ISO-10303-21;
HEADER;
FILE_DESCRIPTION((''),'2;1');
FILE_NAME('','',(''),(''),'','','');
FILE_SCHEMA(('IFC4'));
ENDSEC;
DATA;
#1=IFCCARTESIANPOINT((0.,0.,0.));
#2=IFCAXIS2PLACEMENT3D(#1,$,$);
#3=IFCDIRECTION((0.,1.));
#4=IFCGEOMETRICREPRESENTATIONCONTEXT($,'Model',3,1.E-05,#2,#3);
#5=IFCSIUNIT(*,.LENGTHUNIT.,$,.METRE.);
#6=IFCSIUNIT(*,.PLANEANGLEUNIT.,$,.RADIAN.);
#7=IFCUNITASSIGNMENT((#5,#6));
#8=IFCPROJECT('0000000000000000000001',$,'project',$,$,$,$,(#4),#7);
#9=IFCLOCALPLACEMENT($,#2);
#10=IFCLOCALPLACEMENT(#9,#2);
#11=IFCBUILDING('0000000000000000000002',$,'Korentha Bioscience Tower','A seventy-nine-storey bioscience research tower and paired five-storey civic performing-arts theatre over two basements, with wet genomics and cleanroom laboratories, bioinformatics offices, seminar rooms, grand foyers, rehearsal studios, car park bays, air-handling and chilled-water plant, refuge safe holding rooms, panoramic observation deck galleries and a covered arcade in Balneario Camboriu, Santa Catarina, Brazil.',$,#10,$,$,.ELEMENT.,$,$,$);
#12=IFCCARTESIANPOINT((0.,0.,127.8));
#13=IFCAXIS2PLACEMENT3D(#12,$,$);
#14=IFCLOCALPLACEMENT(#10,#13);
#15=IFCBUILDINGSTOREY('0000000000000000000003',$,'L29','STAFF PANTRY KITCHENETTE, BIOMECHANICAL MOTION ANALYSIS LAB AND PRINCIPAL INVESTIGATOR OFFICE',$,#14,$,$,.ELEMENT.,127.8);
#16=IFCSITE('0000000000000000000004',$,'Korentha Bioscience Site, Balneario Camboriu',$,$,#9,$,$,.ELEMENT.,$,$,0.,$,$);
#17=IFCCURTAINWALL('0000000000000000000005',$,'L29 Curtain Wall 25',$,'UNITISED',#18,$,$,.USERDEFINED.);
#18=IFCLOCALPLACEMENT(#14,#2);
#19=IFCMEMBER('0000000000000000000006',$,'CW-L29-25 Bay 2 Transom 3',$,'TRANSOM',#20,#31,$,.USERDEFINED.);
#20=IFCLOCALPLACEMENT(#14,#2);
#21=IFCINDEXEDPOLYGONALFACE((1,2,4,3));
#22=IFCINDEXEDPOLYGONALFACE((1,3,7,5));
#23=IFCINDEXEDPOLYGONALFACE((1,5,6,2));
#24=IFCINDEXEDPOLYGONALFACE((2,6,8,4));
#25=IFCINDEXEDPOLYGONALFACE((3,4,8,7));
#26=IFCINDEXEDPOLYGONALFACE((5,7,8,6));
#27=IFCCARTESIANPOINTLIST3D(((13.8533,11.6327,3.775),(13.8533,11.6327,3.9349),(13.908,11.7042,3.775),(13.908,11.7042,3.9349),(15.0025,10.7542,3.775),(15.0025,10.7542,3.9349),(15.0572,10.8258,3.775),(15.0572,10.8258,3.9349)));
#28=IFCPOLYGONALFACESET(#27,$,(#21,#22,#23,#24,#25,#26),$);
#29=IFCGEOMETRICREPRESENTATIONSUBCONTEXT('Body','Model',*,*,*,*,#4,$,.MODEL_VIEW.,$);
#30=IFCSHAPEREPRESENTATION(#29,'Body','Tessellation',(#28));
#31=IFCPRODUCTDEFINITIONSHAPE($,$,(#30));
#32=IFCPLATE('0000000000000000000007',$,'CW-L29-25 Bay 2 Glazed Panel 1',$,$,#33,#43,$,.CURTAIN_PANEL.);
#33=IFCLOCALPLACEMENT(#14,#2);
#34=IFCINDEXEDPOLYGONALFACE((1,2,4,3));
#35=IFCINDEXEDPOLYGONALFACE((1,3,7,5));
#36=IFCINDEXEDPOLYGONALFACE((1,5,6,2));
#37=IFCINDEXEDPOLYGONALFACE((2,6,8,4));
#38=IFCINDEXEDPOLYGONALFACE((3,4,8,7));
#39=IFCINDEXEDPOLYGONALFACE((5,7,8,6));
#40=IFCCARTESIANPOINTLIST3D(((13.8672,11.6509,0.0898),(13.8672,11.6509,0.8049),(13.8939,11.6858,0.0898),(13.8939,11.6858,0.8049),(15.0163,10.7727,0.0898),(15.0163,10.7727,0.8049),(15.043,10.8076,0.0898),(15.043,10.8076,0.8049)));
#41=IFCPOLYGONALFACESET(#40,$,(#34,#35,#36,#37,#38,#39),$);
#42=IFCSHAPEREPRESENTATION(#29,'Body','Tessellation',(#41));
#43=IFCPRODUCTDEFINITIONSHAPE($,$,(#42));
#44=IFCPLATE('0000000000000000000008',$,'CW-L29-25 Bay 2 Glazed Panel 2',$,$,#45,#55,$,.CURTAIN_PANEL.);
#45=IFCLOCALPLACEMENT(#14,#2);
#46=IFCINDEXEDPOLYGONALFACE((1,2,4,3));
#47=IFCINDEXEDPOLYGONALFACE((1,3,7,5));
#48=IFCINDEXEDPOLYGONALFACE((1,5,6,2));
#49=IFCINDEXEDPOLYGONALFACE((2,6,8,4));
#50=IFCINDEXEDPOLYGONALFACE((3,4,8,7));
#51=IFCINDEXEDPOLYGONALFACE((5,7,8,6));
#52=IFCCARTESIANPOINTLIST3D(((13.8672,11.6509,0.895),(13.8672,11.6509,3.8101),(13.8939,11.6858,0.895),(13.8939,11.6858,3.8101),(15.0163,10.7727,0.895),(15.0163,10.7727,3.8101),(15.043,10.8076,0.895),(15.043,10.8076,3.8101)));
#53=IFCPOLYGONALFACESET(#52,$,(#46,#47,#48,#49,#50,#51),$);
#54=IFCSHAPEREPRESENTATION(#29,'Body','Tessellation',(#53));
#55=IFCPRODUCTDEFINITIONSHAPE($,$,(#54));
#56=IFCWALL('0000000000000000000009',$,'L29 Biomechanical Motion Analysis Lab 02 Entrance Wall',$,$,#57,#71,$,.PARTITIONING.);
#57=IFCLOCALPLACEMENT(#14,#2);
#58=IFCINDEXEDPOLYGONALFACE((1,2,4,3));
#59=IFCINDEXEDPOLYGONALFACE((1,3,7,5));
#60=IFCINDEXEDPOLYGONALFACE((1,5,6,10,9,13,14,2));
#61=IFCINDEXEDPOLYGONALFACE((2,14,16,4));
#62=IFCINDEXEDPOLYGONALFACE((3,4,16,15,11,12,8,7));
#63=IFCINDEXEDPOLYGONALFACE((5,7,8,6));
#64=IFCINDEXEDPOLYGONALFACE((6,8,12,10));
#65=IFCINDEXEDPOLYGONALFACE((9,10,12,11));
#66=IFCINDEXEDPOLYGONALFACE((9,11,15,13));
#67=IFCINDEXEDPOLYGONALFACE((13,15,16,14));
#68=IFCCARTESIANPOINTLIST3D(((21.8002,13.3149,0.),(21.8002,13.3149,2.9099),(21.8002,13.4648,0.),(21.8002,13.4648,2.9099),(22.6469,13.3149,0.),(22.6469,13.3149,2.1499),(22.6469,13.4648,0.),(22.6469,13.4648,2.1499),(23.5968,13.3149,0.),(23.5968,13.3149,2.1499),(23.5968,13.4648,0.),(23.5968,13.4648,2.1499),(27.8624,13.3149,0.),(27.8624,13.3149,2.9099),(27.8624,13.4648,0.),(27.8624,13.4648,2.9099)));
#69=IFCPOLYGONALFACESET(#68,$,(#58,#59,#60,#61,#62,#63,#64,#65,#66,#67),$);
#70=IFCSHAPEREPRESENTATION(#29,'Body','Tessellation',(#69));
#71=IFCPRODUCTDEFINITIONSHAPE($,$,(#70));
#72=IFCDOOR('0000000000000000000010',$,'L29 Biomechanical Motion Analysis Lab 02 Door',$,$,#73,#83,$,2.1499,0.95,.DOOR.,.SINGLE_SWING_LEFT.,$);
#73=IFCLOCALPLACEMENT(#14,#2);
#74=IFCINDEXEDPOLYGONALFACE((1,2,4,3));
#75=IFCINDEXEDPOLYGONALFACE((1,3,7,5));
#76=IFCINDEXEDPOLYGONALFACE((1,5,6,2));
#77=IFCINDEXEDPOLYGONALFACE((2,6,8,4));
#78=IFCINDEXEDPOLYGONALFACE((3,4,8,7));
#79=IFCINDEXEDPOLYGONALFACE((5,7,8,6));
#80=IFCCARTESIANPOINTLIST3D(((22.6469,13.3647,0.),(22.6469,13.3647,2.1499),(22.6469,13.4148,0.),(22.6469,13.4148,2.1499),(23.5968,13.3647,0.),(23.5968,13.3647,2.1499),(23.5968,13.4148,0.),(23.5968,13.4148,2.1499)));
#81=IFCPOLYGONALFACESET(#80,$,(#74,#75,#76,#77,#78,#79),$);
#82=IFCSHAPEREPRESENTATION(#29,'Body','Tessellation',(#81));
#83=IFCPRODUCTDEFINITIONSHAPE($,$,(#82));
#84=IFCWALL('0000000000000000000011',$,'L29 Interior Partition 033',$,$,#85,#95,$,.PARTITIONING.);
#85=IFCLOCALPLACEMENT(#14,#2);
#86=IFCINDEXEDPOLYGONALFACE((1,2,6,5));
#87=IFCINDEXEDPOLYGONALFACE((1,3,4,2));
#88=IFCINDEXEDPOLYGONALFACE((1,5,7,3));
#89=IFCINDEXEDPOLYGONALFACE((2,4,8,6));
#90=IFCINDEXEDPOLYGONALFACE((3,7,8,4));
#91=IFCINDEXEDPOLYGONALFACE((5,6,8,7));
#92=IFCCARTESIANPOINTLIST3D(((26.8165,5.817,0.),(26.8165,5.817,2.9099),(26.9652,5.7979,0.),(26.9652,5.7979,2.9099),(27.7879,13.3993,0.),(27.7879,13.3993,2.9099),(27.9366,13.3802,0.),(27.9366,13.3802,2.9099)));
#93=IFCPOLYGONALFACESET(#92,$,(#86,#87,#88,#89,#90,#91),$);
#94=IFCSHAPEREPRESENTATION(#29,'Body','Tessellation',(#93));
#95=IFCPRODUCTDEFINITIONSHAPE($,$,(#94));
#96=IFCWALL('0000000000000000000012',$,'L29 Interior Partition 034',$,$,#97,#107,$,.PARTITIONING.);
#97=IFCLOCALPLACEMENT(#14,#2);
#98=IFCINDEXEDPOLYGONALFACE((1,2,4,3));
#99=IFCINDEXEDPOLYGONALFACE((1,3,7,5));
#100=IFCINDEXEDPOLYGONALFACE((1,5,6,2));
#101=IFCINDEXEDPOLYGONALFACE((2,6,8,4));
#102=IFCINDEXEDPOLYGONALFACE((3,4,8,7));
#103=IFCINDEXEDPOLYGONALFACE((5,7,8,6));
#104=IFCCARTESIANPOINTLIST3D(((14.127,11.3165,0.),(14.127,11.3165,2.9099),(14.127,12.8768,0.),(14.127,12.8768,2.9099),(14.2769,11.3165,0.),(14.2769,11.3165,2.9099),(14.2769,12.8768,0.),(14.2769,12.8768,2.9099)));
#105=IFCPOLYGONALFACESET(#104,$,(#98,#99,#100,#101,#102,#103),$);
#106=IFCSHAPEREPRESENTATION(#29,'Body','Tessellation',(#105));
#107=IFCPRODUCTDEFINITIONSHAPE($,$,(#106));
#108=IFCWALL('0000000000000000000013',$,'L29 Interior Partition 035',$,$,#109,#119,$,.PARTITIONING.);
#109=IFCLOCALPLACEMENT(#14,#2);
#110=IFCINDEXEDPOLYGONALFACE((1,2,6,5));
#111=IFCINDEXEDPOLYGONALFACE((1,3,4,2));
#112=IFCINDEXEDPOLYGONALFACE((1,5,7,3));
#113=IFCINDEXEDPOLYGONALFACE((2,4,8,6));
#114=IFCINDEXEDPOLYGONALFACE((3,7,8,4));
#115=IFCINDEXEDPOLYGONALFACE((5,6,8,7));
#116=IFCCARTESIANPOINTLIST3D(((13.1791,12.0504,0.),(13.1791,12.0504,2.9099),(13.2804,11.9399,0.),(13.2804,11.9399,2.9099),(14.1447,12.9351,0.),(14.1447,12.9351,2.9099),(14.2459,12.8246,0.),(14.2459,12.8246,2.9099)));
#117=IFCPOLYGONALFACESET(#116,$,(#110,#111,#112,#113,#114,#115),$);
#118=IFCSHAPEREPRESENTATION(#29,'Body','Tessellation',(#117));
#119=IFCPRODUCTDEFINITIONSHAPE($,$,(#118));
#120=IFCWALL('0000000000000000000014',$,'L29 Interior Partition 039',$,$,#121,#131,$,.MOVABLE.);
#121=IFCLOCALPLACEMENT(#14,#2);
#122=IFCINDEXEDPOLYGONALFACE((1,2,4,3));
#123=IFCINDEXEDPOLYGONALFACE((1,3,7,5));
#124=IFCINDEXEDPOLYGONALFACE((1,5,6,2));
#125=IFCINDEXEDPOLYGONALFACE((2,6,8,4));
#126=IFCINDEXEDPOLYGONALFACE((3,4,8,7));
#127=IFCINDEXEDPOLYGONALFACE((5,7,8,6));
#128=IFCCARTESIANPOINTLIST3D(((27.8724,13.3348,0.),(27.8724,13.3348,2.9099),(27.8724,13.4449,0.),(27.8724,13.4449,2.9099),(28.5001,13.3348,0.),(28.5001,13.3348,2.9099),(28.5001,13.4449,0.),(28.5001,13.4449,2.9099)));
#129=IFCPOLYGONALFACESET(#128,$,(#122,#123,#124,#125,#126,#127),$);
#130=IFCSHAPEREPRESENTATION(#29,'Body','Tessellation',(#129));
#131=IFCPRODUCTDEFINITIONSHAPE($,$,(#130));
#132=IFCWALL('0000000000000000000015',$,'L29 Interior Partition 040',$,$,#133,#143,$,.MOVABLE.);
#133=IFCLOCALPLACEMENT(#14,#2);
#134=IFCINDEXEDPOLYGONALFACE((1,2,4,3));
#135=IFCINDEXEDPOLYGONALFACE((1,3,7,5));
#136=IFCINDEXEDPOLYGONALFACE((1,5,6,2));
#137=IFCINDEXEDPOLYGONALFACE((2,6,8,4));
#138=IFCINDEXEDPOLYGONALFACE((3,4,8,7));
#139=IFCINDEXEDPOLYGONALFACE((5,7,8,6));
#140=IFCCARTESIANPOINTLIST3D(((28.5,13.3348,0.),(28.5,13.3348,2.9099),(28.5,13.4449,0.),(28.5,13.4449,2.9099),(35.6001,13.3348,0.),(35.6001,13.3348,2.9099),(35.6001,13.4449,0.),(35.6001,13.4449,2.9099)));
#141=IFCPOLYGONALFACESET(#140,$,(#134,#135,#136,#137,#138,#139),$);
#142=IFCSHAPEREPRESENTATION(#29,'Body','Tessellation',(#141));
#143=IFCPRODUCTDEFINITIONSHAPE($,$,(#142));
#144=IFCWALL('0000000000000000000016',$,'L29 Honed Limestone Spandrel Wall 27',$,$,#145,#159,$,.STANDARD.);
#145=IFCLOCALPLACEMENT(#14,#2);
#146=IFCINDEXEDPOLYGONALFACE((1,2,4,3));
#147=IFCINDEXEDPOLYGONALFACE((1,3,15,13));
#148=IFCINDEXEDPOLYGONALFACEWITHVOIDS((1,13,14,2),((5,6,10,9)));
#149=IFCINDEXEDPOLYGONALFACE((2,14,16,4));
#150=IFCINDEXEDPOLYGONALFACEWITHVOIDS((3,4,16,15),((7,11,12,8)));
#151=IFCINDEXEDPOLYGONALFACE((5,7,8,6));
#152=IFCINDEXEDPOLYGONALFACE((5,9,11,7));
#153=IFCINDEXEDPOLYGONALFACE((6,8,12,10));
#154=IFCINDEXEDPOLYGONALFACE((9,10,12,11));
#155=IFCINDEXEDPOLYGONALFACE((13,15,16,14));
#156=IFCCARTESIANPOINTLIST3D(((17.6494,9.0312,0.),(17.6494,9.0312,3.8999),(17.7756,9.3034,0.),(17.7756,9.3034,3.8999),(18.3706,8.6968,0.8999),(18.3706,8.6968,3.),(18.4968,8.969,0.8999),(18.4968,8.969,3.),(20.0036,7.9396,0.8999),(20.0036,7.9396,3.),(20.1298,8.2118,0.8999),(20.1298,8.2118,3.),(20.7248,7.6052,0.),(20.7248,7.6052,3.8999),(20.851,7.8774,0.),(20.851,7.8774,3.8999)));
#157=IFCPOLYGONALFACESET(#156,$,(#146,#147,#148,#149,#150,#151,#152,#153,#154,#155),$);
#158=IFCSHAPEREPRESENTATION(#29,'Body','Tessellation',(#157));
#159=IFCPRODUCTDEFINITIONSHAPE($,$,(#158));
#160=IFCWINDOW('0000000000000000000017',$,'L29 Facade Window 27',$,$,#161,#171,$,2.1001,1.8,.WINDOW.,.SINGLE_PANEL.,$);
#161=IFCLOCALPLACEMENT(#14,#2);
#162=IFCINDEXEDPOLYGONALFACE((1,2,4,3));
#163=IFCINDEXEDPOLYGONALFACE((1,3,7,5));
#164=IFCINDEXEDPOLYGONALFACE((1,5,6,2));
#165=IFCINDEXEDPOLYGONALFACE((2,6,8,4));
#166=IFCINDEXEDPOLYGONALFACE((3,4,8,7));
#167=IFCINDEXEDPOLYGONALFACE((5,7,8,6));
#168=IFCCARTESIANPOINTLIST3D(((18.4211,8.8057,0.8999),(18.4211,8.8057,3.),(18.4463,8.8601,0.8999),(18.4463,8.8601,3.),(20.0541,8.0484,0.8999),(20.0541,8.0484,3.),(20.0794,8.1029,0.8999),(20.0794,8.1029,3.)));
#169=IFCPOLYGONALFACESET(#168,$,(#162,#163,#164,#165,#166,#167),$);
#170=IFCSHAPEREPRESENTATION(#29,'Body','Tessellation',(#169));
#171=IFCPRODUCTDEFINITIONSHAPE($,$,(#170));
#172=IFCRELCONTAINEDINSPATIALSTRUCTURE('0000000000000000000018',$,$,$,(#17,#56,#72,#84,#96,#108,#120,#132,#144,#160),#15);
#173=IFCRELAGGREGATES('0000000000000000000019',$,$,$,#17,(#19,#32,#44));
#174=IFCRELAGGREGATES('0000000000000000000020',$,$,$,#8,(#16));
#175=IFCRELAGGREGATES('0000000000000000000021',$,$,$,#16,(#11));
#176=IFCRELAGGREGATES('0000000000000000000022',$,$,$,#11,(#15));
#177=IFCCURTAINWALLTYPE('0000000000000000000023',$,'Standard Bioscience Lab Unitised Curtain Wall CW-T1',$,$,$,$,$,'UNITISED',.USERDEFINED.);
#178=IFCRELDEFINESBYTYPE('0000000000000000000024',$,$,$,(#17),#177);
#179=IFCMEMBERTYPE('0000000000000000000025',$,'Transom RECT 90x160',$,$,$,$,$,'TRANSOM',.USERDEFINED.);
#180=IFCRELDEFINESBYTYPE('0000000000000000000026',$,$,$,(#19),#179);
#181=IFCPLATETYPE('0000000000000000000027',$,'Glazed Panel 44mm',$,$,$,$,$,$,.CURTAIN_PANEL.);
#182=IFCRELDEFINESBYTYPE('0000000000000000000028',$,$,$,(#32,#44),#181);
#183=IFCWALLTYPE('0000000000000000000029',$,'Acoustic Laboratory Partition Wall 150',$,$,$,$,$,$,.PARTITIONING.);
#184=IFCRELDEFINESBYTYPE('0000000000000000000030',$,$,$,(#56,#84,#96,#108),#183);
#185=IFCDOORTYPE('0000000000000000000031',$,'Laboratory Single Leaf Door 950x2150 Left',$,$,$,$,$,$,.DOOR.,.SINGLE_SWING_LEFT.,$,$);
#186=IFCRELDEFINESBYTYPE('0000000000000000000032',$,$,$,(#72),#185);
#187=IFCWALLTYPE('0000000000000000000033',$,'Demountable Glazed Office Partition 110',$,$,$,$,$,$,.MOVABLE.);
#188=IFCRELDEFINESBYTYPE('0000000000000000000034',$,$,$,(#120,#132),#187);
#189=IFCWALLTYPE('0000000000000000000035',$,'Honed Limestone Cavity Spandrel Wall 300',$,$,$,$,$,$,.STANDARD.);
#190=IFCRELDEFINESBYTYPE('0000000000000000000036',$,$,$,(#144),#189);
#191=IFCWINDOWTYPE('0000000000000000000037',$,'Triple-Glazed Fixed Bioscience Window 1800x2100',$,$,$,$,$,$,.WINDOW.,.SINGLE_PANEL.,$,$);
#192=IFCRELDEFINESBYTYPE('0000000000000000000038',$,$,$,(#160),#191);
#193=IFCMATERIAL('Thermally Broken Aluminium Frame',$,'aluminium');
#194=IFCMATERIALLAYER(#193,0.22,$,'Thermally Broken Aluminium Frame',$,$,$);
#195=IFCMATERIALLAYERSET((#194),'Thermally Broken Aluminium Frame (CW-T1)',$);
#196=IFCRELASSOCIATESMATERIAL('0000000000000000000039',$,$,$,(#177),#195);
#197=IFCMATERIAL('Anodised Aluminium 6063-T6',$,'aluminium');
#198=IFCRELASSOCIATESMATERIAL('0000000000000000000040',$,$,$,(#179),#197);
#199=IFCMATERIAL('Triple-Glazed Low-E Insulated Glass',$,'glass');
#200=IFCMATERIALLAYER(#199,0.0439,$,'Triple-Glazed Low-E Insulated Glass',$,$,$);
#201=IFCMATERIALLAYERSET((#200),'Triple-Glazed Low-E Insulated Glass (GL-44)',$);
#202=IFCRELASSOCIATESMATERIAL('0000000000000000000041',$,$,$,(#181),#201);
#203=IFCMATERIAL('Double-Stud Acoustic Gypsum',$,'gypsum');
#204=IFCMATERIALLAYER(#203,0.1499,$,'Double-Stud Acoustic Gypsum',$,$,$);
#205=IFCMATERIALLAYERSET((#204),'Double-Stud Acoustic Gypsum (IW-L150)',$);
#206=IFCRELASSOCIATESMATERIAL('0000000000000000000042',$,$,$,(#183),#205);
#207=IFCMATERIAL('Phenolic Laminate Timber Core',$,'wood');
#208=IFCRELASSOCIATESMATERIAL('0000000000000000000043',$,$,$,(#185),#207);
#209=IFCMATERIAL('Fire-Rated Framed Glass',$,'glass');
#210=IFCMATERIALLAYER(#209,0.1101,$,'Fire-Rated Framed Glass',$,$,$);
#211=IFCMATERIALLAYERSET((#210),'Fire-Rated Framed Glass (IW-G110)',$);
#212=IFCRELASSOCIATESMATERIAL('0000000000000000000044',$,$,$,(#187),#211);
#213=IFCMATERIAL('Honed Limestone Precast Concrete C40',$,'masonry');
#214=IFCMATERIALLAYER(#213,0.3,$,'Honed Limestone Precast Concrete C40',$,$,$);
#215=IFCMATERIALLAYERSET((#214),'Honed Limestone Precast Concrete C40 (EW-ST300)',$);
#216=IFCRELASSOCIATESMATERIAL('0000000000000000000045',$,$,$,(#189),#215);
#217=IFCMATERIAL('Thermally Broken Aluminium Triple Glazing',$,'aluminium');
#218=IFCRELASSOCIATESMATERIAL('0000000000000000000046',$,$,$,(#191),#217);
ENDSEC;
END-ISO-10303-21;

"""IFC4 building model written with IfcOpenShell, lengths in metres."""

from ifc_helpers import new_model, si_unit, direction, frame, frame_2d, origin, origin_2d, place, context, subcontext, project, spatial, rectangle, extrude, material, layer, layer_set, material_profile, profile_set, type_object, element, fill, aggregate, save


model = new_model("IFC4")

# Units and contexts
model_context = context("Model", 3, precision=1e-05, world=origin(), true_north=direction((0.0, 1.0)))
body_context = subcontext(model_context, "Body", "Model", "MODEL_VIEW")
ifc_project = project(units=[si_unit("LENGTHUNIT", "METRE"), si_unit("PLANEANGLEUNIT", "RADIAN")], contexts=[model_context])

# Site, building, storey
site_placement = place(None, origin())
site = spatial("IfcSite", under=ifc_project, at=site_placement, Name="Korentha Bioscience Site, Balneario Camboriu", CompositionType="ELEMENT", RefElevation=0.0)
building_placement = place(site_placement, origin())
building = spatial("IfcBuilding", under=site, at=building_placement, Name="Korentha Bioscience Tower", Description="A seventy-nine-storey bioscience research tower and paired five-storey civic performing-arts theatre over two basements, with wet genomics and cleanroom laboratories, bioinformatics offices, seminar rooms, grand foyers, rehearsal studios, car park bays, air-handling and chilled-water plant, refuge safe holding rooms, panoramic observation deck galleries and a covered arcade in Balneario Camboriu, Santa Catarina, Brazil.", CompositionType="ELEMENT")
storey_placement = place(building_placement, frame((0.0, 0.0, 127.8)))
storey = spatial("IfcBuildingStorey", under=building, at=storey_placement, Name="L29", Description="STAFF PANTRY KITCHENETTE, BIOMECHANICAL MOTION ANALYSIS LAB AND PRINCIPAL INVESTIGATOR OFFICE", CompositionType="ELEMENT", Elevation=127.8)

# Curtain wall
ifc_material_1 = material(Name="Thermally Broken Aluminium Frame", Category="aluminium")
ifc_layer_1 = layer(ifc_material_1, 0.22, Name="Thermally Broken Aluminium Frame")
ifc_layer_set_1 = layer_set([ifc_layer_1], Name="Thermally Broken Aluminium Frame (CW-T1)")
curtain_wall_type = type_object("IfcCurtainWallType", Name="Standard Bioscience Lab Unitised Curtain Wall CW-T1", ElementType="UNITISED", PredefinedType="USERDEFINED", material=ifc_layer_set_1)
curtain_wall_placement = place(storey_placement, origin())
curtain_wall = element("IfcCurtainWall", 1, at=curtain_wall_placement, inside=storey, type_object=curtain_wall_type, Name="L29 Curtain Wall 25", ObjectType="UNITISED", PredefinedType="USERDEFINED")
ifc_material_2 = material(Name="Anodised Aluminium 6063-T6", Category="aluminium")

# Member
ifc_material_profile_1 = material_profile(ifc_material_2, rectangle(XDim=0.0901, YDim=0.1599, at=origin_2d()), Name="Anodised Aluminium 6063-T6")
ifc_profile_set_1 = profile_set([ifc_material_profile_1], Name="Anodised Aluminium 6063-T6 (CW-TRN)")
member_type_1 = type_object("IfcMemberType", Name="Transom RECT 90x160", ElementType="TRANSOM", PredefinedType="USERDEFINED", material=ifc_profile_set_1)
member_1_placement = place(storey_placement, frame((13.8806, 11.6685, 3.855), z_axis=(0.794478, -0.607293, 0.0), x_axis=(0.607293, 0.794478, 0.0)))
member_1 = element("IfcMember", 2, at=member_1_placement, type_object=member_type_1, Name="CW-L29-25 Bay 2 Transom 3", ObjectType="TRANSOM", PredefinedType="USERDEFINED", context=body_context, shape_type="SweptSolid", body=[
    extrude(rectangle(XDim=0.0901, YDim=0.1599, at=origin_2d()), origin(), (0.0, 0.0, 1.0), 1.4465),
])

# Plates
ifc_material_3 = material(Name="Triple-Glazed Low-E Insulated Glass", Category="glass")
ifc_layer_2 = layer(ifc_material_3, 0.0439, Name="Triple-Glazed Low-E Insulated Glass")
ifc_layer_set_2 = layer_set([ifc_layer_2], Name="Triple-Glazed Low-E Insulated Glass (GL-44)")
plate_type = type_object("IfcPlateType", Name="Glazed Panel 44mm", PredefinedType="CURTAIN_PANEL", material=ifc_layer_set_2)
plate_1_placement = place(storey_placement, frame((14.4551, 11.2292, 0.0898), z_axis=(0.0, 0.0, 1.0), x_axis=(0.7945, -0.607265, 0.0)))
plate_1 = element("IfcPlate", 3, at=plate_1_placement, type_object=plate_type, Name="CW-L29-25 Bay 2 Glazed Panel 1", PredefinedType="CURTAIN_PANEL", context=body_context, shape_type="SweptSolid", body=[
    extrude(rectangle(XDim=1.4463, YDim=0.0439, at=origin_2d()), origin(), (0.0, 0.0, 1.0), 0.7151),
])
plate_2_placement = place(storey_placement, frame((14.4551, 11.2292, 0.895), z_axis=(0.0, 0.0, 1.0), x_axis=(0.7945, -0.607265, 0.0)))
plate_2 = element("IfcPlate", 4, at=plate_2_placement, type_object=plate_type, Name="CW-L29-25 Bay 2 Glazed Panel 2", PredefinedType="CURTAIN_PANEL", context=body_context, shape_type="SweptSolid", body=[
    extrude(rectangle(XDim=1.4463, YDim=0.0439, at=origin_2d()), origin(), (0.0, 0.0, 1.0), 2.915),
])
aggregate(curtain_wall, [member_1, plate_1, plate_2])

# Wall, opening, door
ifc_material_4 = material(Name="Double-Stud Acoustic Gypsum", Category="gypsum")
ifc_layer_3 = layer(ifc_material_4, 0.1499, Name="Double-Stud Acoustic Gypsum")
ifc_layer_set_3 = layer_set([ifc_layer_3], Name="Double-Stud Acoustic Gypsum (IW-L150)")
wall_type_1 = type_object("IfcWallType", Name="Acoustic Laboratory Partition Wall 150", PredefinedType="PARTITIONING", material=ifc_layer_set_3)
wall_1_placement = place(storey_placement, frame((21.8, 13.3899, 0.0), z_axis=(0.0, 0.0, 1.0), x_axis=(1.0, 0.0, 0.0)))
wall_1 = element("IfcWall", 5, at=wall_1_placement, inside=storey, type_object=wall_type_1, Name="L29 Biomechanical Motion Analysis Lab 02 Entrance Wall", PredefinedType="PARTITIONING", context=body_context, shape_type="SweptSolid", body=[
    extrude(rectangle(XDim=6.0623, YDim=0.1499, at=frame_2d((3.0312, 0.0))), origin(), (0.0, 0.0, 1.0), 2.9099),
])
opening_1_placement = place(wall_1_placement, frame((0.8467, 0.0, 0.0)))
opening_1 = element("IfcOpeningElement", 6, at=opening_1_placement, cuts=wall_1, PredefinedType="OPENING", context=body_context, shape_type="SweptSolid", body=[
    extrude(rectangle(XDim=0.95, YDim=2.1499, at=frame_2d((0.4751, 1.075))), frame((0.0, 0.0898, 0.0), z_axis=(0.0, -1.0, 0.0), x_axis=(1.0, 0.0, 0.0)), (0.0, 0.0, 1.0), 0.1797),
])
ifc_material_5 = material(Name="Phenolic Laminate Timber Core", Category="wood")
door_type_1 = type_object("IfcDoorType", Name="Laboratory Single Leaf Door 950x2150 Left", OperationType="SINGLE_SWING_LEFT", PredefinedType="DOOR", material=ifc_material_5)
door_1_placement = place(opening_1_placement, origin())
door_1 = element("IfcDoor", 7, at=door_1_placement, inside=storey, type_object=door_type_1, Name="L29 Biomechanical Motion Analysis Lab 02 Door", OperationType="SINGLE_SWING_LEFT", OverallHeight=2.1499, OverallWidth=0.95, PredefinedType="DOOR", context=body_context, shape_type="SweptSolid", body=[
    extrude(rectangle(XDim=0.95, YDim=2.1499, at=frame_2d((0.4751, 1.075))), frame((0.0, 0.0249, 0.0), z_axis=(0.0, -1.0, 0.0), x_axis=(1.0, 0.0, 0.0)), (0.0, 0.0, 1.0), 0.05),
])
fill(opening_1, door_1)

# Walls
wall_2_placement = place(storey_placement, frame((27.8623, 13.3899, 0.0), z_axis=(0.0, 0.0, 1.0), x_axis=(-0.127081, -0.991892, 0.0)))
element("IfcWall", 8, at=wall_2_placement, inside=storey, type_object=wall_type_1, Name="L29 Interior Partition 033", PredefinedType="PARTITIONING", context=body_context, shape_type="SweptSolid", body=[
    extrude(rectangle(XDim=7.6443, YDim=0.1499, at=frame_2d((3.8223, 0.0))), origin(), (0.0, 0.0, 1.0), 2.9099),
])
wall_3_placement = place(storey_placement, frame((14.2019, 11.3164, 0.0), z_axis=(0.0, 0.0, 1.0), x_axis=(0.0, 1.0, 0.0)))
element("IfcWall", 9, at=wall_3_placement, inside=storey, type_object=wall_type_1, Name="L29 Interior Partition 034", PredefinedType="PARTITIONING", context=body_context, shape_type="SweptSolid", body=[
    extrude(rectangle(XDim=1.5603, YDim=0.1499, at=frame_2d((0.7803, 0.0))), origin(), (0.0, 0.0, 1.0), 2.9099),
])
wall_4_placement = place(storey_placement, frame((14.1953, 12.8799, 0.0), z_axis=(0.0, 0.0, 1.0), x_axis=(-0.737286, -0.675581, 0.0)))
element("IfcWall", 10, at=wall_4_placement, inside=storey, type_object=wall_type_1, Name="L29 Interior Partition 035", PredefinedType="PARTITIONING", context=body_context, shape_type="SweptSolid", body=[
    extrude(rectangle(XDim=1.3096, YDim=0.1499, at=frame_2d((0.6548, 0.0))), origin(), (0.0, 0.0, 1.0), 2.9099),
])
ifc_material_6 = material(Name="Fire-Rated Framed Glass", Category="glass")
ifc_layer_4 = layer(ifc_material_6, 0.1101, Name="Fire-Rated Framed Glass")
ifc_layer_set_4 = layer_set([ifc_layer_4], Name="Fire-Rated Framed Glass (IW-G110)")
wall_type_2 = type_object("IfcWallType", Name="Demountable Glazed Office Partition 110", PredefinedType="MOVABLE", material=ifc_layer_set_4)
wall_5_placement = place(storey_placement, frame((27.8723, 13.3899, 0.0), z_axis=(0.0, 0.0, 1.0), x_axis=(1.0, 0.0, 0.0)))
element("IfcWall", 11, at=wall_5_placement, inside=storey, type_object=wall_type_2, Name="L29 Interior Partition 039", PredefinedType="MOVABLE", context=body_context, shape_type="SweptSolid", body=[
    extrude(rectangle(XDim=0.6277, YDim=0.1101, at=frame_2d((0.314, 0.0))), origin(), (0.0, 0.0, 1.0), 2.9099),
])
wall_6_placement = place(storey_placement, frame((28.5, 13.3899, 0.0), z_axis=(0.0, 0.0, 1.0), x_axis=(1.0, 0.0, 0.0)))
element("IfcWall", 12, at=wall_6_placement, inside=storey, type_object=wall_type_2, Name="L29 Interior Partition 040", PredefinedType="MOVABLE", context=body_context, shape_type="SweptSolid", body=[
    extrude(rectangle(XDim=7.1001, YDim=0.1101, at=frame_2d((3.55, 0.0))), origin(), (0.0, 0.0, 1.0), 2.9099),
])

# Wall, opening, window
ifc_material_7 = material(Name="Honed Limestone Precast Concrete C40", Category="masonry")
ifc_layer_5 = layer(ifc_material_7, 0.3, Name="Honed Limestone Precast Concrete C40")
ifc_layer_set_5 = layer_set([ifc_layer_5], Name="Honed Limestone Precast Concrete C40 (EW-ST300)")
wall_type_3 = type_object("IfcWallType", Name="Honed Limestone Cavity Spandrel Wall 300", PredefinedType="STANDARD", material=ifc_layer_set_5)
wall_7_placement = place(storey_placement, frame((17.7126, 9.1672, 0.0), z_axis=(0.0, 0.0, 1.0), x_axis=(0.907218, -0.420661, 0.0)))
wall_7 = element("IfcWall", 13, at=wall_7_placement, inside=storey, type_object=wall_type_3, Name="L29 Honed Limestone Spandrel Wall 27", PredefinedType="STANDARD", context=body_context, shape_type="SweptSolid", body=[
    extrude(rectangle(XDim=3.3899, YDim=0.3, at=frame_2d((1.6948, 0.0))), origin(), (0.0, 0.0, 1.0), 3.8999),
])
opening_2_placement = place(wall_7_placement, frame((0.7949, 0.0, 0.8999)))
opening_2 = element("IfcOpeningElement", 14, at=opening_2_placement, cuts=wall_7, PredefinedType="OPENING", context=body_context, shape_type="SweptSolid", body=[
    extrude(rectangle(XDim=1.8, YDim=2.1001, at=frame_2d((0.8999, 1.05))), frame((0.0, 0.165, 0.0), z_axis=(0.0, -1.0, 0.0), x_axis=(1.0, 0.0, 0.0)), (0.0, 0.0, 1.0), 0.3298),
])
ifc_material_8 = material(Name="Thermally Broken Aluminium Triple Glazing", Category="aluminium")
window_type = type_object("IfcWindowType", Name="Triple-Glazed Fixed Bioscience Window 1800x2100", PartitioningType="SINGLE_PANEL", PredefinedType="WINDOW", material=ifc_material_8)
window_placement = place(opening_2_placement, origin())
window = element("IfcWindow", 15, at=window_placement, inside=storey, type_object=window_type, Name="L29 Facade Window 27", OverallHeight=2.1001, OverallWidth=1.8, PartitioningType="SINGLE_PANEL", PredefinedType="WINDOW", context=body_context, shape_type="SweptSolid", body=[
    extrude(rectangle(XDim=1.8, YDim=2.1001, at=frame_2d((0.8999, 1.05))), frame((0.0, 0.03, 0.0), z_axis=(0.0, -1.0, 0.0), x_axis=(1.0, 0.0, 0.0)), (0.0, 0.0, 1.0), 0.0601),
])
fill(opening_2, window)

save(model, "model.ifc")
